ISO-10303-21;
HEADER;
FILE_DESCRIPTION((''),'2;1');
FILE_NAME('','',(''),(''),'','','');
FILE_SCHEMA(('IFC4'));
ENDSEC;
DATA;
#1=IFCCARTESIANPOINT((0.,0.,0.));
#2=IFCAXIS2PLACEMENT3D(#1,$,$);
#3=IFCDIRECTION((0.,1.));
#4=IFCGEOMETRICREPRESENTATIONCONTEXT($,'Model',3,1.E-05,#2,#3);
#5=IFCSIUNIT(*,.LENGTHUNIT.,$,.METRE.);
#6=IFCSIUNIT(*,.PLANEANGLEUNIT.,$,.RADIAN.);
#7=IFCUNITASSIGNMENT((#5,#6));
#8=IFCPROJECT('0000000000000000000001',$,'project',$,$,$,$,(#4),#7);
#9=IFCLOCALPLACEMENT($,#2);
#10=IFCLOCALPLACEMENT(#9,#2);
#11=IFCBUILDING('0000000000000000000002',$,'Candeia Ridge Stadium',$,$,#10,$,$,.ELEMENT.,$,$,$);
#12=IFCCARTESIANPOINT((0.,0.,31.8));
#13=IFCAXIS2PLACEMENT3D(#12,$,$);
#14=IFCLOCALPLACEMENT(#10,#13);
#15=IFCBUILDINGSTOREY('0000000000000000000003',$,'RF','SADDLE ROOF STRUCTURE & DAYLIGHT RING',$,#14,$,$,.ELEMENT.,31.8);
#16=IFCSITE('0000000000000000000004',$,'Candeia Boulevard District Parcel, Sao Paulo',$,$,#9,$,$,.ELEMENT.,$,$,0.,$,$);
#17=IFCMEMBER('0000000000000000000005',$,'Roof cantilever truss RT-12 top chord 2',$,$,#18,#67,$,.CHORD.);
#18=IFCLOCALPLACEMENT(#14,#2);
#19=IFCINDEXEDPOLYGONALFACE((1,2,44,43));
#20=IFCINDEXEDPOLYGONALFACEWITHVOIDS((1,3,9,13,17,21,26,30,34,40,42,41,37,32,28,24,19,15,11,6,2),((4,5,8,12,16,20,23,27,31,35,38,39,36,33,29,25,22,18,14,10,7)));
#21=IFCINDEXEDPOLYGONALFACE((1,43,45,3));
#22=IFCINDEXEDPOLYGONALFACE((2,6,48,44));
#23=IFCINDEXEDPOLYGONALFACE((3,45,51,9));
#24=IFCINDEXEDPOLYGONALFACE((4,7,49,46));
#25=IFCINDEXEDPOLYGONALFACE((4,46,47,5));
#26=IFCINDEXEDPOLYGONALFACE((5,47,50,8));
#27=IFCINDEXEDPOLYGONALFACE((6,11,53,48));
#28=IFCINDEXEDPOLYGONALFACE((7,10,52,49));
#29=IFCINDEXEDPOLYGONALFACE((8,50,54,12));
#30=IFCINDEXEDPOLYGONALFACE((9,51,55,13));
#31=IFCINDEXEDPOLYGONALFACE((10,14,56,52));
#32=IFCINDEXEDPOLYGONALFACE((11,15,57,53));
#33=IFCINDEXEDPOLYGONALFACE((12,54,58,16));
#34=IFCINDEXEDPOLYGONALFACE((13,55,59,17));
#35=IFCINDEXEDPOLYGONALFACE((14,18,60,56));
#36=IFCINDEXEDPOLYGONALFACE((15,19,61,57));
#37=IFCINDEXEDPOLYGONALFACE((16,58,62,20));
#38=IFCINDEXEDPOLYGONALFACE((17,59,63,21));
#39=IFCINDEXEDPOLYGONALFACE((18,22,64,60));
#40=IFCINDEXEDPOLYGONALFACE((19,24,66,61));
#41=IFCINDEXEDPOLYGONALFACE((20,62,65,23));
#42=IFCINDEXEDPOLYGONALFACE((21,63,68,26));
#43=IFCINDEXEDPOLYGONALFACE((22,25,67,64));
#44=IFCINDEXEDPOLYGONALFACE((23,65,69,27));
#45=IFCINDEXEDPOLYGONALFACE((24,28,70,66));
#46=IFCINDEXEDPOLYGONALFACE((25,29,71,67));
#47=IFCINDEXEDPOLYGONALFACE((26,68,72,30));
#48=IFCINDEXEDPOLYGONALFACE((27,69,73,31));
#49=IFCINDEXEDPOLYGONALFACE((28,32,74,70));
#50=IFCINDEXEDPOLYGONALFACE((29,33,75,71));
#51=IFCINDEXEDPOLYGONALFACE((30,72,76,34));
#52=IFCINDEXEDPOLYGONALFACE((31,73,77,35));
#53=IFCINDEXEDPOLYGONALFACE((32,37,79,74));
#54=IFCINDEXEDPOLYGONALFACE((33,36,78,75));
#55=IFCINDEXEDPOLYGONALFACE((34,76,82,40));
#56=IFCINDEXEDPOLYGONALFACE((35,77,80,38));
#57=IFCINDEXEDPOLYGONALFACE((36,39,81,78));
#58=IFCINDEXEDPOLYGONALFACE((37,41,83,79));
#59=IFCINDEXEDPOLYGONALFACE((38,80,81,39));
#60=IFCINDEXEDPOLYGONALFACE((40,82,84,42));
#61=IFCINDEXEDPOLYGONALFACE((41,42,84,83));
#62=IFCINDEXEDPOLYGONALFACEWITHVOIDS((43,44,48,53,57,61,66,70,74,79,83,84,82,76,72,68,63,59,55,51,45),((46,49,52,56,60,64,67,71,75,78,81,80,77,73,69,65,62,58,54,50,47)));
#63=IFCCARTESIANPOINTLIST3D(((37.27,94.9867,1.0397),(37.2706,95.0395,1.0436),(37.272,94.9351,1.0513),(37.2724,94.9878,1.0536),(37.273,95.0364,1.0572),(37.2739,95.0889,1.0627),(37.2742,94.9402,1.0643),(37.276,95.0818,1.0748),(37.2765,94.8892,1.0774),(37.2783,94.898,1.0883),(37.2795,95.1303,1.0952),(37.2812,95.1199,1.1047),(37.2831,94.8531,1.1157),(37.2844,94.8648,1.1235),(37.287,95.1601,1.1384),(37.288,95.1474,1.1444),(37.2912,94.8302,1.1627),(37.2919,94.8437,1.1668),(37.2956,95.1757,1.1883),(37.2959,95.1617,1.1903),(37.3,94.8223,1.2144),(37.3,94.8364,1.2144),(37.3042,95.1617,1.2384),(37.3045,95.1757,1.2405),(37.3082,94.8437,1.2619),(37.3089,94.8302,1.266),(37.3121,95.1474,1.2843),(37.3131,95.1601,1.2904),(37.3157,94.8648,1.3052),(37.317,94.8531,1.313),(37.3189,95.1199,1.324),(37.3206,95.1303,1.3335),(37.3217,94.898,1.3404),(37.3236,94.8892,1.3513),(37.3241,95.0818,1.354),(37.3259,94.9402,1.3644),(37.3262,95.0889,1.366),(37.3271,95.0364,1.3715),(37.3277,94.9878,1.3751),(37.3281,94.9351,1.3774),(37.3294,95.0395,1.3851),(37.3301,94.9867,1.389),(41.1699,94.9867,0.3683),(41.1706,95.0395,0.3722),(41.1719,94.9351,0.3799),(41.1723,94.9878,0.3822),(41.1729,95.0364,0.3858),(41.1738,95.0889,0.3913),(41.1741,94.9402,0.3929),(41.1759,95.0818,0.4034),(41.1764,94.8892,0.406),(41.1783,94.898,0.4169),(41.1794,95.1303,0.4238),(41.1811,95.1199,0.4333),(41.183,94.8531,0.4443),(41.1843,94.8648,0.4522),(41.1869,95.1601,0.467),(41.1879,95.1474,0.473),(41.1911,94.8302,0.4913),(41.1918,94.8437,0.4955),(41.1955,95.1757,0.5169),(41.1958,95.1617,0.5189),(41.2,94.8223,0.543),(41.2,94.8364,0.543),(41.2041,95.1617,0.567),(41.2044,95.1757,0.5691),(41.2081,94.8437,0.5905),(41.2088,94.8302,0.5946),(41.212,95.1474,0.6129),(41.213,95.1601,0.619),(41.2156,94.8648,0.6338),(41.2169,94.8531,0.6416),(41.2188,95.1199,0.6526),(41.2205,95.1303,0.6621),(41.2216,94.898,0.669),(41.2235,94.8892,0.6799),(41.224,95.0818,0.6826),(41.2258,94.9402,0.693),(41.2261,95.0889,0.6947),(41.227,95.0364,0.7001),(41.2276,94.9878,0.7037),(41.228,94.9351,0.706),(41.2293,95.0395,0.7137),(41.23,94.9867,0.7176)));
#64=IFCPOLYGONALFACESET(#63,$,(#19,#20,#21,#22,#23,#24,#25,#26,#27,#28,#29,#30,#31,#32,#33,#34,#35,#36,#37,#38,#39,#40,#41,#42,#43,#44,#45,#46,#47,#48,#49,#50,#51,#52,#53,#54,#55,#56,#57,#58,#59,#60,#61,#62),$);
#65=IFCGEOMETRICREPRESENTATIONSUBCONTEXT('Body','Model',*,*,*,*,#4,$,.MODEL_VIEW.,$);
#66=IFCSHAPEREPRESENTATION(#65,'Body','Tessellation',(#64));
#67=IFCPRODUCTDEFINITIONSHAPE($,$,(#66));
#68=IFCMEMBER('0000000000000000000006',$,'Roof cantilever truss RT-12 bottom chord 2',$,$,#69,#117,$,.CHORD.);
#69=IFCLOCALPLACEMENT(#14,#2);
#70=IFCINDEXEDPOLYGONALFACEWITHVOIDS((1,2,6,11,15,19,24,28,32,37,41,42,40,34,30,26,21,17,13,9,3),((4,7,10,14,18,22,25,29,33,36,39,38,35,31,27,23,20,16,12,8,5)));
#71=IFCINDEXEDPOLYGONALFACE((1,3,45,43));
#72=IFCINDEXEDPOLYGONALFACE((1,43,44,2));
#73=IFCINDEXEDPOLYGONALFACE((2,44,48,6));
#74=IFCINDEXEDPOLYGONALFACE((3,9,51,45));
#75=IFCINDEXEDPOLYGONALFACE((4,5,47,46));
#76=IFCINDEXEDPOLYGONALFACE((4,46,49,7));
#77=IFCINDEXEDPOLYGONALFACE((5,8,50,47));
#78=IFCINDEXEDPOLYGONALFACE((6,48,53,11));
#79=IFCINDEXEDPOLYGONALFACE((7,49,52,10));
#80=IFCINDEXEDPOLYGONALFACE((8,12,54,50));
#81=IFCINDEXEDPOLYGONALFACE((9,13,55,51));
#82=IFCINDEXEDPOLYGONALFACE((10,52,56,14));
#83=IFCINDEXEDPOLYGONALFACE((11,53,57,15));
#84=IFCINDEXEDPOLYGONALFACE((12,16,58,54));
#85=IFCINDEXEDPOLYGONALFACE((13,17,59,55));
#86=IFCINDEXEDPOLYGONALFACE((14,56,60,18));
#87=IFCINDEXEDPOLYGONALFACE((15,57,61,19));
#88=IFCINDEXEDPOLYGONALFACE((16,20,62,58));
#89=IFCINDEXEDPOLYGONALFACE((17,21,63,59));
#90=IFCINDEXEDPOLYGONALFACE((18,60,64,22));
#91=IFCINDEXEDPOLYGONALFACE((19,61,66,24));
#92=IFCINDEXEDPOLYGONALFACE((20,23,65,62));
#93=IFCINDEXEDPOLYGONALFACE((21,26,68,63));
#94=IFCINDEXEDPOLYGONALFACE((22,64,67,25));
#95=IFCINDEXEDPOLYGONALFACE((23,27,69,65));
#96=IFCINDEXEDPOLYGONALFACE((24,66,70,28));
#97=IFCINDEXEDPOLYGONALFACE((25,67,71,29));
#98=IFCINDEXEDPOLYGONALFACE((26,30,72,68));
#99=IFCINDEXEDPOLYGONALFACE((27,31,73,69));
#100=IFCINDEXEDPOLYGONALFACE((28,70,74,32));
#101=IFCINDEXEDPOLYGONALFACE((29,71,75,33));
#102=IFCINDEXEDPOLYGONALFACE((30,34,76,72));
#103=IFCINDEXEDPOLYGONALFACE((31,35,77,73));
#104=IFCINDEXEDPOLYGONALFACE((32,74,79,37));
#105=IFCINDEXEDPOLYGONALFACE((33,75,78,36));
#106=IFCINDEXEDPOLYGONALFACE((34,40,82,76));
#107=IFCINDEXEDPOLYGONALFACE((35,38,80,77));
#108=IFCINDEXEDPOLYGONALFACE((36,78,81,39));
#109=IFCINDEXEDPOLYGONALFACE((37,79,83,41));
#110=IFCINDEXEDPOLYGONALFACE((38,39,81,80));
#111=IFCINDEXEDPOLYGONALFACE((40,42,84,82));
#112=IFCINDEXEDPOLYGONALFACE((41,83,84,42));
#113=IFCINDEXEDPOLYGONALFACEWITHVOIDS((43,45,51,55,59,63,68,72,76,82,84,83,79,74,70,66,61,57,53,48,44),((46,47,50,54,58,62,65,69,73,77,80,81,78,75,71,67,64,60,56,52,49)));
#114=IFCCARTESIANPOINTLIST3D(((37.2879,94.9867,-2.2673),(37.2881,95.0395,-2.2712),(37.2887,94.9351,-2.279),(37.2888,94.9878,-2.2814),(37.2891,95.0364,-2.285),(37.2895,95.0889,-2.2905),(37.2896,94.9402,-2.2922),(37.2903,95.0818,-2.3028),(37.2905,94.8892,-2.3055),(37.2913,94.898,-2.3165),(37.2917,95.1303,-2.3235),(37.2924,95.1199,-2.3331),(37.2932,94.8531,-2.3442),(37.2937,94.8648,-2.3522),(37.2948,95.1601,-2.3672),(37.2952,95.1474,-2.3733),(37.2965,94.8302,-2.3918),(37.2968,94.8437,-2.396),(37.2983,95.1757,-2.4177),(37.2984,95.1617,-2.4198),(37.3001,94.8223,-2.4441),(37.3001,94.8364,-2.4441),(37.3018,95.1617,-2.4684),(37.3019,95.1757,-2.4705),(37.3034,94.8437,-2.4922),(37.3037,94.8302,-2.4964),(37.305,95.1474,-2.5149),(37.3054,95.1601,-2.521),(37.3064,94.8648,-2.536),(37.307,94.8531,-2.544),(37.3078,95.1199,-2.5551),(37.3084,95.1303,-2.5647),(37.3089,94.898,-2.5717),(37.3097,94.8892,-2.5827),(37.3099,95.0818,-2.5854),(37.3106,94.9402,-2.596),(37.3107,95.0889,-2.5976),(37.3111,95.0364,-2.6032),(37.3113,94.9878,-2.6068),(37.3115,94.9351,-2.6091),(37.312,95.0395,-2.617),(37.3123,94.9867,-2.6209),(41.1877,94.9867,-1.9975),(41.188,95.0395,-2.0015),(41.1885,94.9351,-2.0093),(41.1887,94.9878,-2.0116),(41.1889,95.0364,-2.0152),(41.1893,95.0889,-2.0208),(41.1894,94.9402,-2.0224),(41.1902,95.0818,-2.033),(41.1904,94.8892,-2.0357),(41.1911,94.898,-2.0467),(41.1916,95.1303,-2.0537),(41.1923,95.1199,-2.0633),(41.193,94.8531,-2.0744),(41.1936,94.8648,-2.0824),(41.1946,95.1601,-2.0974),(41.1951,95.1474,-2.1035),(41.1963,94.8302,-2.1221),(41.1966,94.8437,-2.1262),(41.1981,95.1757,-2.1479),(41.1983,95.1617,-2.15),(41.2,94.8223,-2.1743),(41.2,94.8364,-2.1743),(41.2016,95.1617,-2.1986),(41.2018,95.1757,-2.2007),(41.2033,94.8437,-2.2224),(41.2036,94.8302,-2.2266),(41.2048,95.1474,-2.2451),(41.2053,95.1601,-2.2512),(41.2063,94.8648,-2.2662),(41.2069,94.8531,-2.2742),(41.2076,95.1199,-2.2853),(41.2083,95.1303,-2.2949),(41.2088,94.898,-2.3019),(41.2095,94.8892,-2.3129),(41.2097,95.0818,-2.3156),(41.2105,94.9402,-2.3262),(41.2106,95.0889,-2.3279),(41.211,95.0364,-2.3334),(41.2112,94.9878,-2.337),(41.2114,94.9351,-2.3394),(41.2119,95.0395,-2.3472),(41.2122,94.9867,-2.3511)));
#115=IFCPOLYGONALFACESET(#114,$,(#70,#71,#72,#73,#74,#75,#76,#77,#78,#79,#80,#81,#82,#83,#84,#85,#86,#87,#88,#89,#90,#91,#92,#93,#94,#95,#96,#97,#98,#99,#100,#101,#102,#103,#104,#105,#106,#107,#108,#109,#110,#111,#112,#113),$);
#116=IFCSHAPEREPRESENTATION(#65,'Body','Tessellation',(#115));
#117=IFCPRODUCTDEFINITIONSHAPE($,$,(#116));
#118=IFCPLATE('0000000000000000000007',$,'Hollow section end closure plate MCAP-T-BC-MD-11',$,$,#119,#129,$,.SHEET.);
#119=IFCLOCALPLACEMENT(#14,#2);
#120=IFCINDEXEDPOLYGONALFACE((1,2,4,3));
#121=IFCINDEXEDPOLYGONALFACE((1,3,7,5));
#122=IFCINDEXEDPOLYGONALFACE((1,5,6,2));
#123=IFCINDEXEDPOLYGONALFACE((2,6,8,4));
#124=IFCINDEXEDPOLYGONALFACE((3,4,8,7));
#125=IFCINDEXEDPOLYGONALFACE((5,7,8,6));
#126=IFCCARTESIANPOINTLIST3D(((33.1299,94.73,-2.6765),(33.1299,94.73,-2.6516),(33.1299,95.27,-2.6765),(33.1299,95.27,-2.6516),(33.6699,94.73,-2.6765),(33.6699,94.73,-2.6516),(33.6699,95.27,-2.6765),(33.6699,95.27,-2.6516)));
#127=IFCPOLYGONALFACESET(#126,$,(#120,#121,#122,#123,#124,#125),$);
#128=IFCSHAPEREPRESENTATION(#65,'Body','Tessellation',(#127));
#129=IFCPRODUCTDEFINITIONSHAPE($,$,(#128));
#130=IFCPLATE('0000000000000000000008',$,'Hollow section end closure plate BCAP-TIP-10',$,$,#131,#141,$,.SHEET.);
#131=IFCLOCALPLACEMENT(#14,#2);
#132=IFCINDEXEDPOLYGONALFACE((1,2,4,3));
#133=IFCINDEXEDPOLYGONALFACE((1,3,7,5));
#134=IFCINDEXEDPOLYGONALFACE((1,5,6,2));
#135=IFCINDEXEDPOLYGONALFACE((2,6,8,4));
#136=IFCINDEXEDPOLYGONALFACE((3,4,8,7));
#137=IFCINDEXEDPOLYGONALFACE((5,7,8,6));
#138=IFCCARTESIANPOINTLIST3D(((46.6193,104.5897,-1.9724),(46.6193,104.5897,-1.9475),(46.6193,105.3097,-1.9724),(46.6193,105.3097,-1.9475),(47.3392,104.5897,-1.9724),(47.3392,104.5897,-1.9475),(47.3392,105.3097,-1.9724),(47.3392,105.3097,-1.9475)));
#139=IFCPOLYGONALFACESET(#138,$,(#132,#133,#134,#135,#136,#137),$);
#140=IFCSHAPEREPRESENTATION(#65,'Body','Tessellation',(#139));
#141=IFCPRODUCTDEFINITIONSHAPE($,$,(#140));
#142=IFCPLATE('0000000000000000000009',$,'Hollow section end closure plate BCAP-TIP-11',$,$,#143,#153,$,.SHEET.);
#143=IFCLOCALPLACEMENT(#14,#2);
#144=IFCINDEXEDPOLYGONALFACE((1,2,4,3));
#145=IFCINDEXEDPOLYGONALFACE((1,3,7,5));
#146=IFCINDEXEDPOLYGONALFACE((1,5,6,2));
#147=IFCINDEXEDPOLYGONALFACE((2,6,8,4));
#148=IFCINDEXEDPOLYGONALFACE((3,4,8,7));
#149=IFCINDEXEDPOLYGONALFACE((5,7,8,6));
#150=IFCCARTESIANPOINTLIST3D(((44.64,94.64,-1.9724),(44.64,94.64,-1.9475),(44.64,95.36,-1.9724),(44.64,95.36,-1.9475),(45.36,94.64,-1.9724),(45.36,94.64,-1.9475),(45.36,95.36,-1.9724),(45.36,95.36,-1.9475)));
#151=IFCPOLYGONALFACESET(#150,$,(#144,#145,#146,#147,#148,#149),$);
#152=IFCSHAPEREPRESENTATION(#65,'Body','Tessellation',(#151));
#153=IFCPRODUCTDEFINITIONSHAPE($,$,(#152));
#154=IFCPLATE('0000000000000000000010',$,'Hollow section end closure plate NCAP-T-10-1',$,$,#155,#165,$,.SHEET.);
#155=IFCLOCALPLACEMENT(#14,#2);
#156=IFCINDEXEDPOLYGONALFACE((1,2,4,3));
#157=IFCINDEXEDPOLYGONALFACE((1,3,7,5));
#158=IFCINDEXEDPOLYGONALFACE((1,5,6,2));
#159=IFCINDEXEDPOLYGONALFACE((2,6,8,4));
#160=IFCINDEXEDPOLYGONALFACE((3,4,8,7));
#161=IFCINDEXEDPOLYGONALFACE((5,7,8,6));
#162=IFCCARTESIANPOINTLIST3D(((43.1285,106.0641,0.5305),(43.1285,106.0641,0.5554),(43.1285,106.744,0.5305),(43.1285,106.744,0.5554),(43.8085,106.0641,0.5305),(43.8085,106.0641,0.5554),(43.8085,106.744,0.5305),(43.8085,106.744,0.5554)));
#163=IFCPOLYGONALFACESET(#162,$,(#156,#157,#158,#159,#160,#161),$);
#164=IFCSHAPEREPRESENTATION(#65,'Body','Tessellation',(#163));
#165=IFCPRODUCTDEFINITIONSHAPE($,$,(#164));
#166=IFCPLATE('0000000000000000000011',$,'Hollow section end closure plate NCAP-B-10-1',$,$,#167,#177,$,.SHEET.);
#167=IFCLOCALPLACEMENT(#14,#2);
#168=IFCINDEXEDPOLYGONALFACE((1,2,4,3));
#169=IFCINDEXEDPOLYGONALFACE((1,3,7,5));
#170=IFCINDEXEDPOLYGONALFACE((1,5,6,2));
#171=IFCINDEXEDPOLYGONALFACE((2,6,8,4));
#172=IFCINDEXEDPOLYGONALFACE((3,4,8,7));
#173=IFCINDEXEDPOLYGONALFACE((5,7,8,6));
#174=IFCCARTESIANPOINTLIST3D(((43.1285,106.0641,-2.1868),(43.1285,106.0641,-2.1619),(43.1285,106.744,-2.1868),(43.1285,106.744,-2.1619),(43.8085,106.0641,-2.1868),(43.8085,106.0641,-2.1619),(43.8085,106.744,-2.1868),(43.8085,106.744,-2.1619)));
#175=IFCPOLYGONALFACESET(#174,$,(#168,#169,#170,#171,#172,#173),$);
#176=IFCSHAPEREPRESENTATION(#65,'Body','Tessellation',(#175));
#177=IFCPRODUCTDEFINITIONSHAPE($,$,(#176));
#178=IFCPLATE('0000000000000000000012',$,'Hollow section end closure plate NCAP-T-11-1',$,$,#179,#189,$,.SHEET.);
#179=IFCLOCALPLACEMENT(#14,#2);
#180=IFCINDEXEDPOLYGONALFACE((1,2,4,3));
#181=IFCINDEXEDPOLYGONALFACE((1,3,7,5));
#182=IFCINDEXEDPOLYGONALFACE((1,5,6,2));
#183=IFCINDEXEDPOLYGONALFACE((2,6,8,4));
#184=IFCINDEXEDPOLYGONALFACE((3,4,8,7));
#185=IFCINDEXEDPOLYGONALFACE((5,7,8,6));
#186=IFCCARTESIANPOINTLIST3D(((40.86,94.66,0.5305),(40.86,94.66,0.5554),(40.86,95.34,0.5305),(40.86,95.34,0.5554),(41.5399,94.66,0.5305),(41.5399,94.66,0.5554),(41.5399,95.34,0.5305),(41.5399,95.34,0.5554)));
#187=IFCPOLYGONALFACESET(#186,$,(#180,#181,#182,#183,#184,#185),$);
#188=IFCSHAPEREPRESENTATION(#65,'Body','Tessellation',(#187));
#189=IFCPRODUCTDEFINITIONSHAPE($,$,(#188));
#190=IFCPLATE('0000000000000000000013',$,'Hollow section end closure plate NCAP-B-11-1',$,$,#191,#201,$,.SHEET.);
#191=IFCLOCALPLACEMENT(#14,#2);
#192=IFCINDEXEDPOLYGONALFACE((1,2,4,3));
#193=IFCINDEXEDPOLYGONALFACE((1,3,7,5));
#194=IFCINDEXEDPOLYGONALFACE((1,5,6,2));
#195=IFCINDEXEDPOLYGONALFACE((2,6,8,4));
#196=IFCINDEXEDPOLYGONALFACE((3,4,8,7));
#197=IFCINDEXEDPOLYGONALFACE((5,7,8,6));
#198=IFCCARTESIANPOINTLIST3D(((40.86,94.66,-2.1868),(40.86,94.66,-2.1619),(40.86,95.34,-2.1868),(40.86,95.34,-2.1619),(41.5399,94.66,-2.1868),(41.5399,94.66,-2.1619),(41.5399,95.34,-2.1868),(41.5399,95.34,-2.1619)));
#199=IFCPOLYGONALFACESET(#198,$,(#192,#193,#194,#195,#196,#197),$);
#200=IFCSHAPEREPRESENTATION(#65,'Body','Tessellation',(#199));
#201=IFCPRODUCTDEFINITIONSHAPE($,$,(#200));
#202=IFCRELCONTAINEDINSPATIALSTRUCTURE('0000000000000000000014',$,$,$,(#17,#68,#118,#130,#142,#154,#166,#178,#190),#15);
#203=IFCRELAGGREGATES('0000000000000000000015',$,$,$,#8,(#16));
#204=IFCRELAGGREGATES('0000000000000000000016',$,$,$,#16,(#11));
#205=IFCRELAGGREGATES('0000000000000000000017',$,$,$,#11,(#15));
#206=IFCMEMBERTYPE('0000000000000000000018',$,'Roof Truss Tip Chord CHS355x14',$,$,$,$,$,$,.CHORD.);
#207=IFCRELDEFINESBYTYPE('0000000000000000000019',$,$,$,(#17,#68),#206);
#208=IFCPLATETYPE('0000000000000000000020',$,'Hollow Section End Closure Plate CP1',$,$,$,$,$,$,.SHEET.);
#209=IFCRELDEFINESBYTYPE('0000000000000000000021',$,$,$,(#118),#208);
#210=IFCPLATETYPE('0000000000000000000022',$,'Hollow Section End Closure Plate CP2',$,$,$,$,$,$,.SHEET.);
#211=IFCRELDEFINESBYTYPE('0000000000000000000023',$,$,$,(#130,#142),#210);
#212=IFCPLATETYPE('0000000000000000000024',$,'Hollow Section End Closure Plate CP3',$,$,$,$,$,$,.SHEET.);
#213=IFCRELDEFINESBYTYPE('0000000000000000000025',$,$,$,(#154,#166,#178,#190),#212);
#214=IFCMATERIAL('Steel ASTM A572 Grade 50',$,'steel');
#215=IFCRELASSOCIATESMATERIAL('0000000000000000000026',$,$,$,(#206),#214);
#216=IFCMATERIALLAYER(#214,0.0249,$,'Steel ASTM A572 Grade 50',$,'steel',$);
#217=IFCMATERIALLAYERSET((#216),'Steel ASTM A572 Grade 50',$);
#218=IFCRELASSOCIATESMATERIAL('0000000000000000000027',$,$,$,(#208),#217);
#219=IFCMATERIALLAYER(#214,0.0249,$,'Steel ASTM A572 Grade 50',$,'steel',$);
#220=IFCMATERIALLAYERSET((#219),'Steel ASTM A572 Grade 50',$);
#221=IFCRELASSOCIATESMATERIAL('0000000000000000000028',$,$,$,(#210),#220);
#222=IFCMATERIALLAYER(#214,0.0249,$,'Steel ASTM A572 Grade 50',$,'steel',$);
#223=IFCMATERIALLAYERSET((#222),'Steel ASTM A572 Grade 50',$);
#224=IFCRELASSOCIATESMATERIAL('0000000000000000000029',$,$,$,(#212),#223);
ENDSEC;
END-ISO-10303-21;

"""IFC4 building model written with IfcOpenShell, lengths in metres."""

from ifc_helpers import new_model, si_unit, direction, frame, origin, origin_2d, place, context, subcontext, project, spatial, rectangle, hollow_circle, extrude, material, layer, layer_set, material_profile, profile_set, type_object, element, save


model = new_model("IFC4")

# Units and contexts
model_context = context("Model", 3, precision=1e-05, world=origin(), true_north=direction((0.0, 1.0)))
body_context = subcontext(model_context, "Body", "Model", "MODEL_VIEW")
ifc_project = project(units=[si_unit("LENGTHUNIT", "METRE"), si_unit("PLANEANGLEUNIT", "RADIAN")], contexts=[model_context])

# Site, building, storey
site_placement = place(None, origin())
site = spatial("IfcSite", under=ifc_project, at=site_placement, Name="Candeia Boulevard District Parcel, Sao Paulo", CompositionType="ELEMENT", RefElevation=0.0)
building_placement = place(site_placement, origin())
building = spatial("IfcBuilding", under=site, at=building_placement, Name="Candeia Ridge Stadium", CompositionType="ELEMENT")
storey_placement = place(building_placement, frame((0.0, 0.0, 31.8)))
storey = spatial("IfcBuildingStorey", under=building, at=storey_placement, Name="RF", Description="SADDLE ROOF STRUCTURE & DAYLIGHT RING", CompositionType="ELEMENT", Elevation=31.8)

# Shared definitions
ifc_material_1 = material(Name="Steel ASTM A572 Grade 50", Category="steel")

# Members
ifc_material_profile_1 = material_profile(ifc_material_1, hollow_circle(Radius=0.1777, WallThickness=0.0142, at=origin_2d()), Name="CHS355x14", Category="steel")
ifc_profile_set_1 = profile_set([ifc_material_profile_1], Name="Steel ASTM A572 Grade 50")
member_type_1 = type_object("IfcMemberType", Name="Roof Truss Tip Chord CHS355x14", PredefinedType="CHORD", material=ifc_profile_set_1)
member_1_placement = place(storey_placement, frame((41.2, 95.0, 0.543), z_axis=(-0.985503, 0.0, 0.169659), x_axis=(0.0, -1.0, 0.0)))
element("IfcMember", 1, at=member_1_placement, inside=storey, type_object=member_type_1, Name="Roof cantilever truss RT-12 top chord 2", PredefinedType="CHORD", context=body_context, shape_type="SweptSolid", body=[
    extrude(hollow_circle(Radius=0.1777, WallThickness=0.0142, at=origin_2d()), origin(), (0.0, 0.0, 1.0), 3.9573),
])
member_2_placement = place(storey_placement, frame((41.2, 95.0, -2.1743), z_axis=(-0.997616, 0.0, -0.06901), x_axis=(0.0, -1.0, 0.0)))
element("IfcMember", 2, at=member_2_placement, inside=storey, type_object=member_type_1, Name="Roof cantilever truss RT-12 bottom chord 2", PredefinedType="CHORD", context=body_context, shape_type="SweptSolid", body=[
    extrude(hollow_circle(Radius=0.1777, WallThickness=0.0142, at=origin_2d()), origin(), (0.0, 0.0, 1.0), 3.9092),
])

# Plates
ifc_layer_1 = layer(ifc_material_1, 0.0249, Name="Steel ASTM A572 Grade 50", Category="steel")
ifc_layer_set_1 = layer_set([ifc_layer_1], Name="Steel ASTM A572 Grade 50")
plate_type_1 = type_object("IfcPlateType", Name="Hollow Section End Closure Plate CP1", PredefinedType="SHEET", material=ifc_layer_set_1)
plate_1_placement = place(storey_placement, frame((33.3999, 95.0, -2.6765), z_axis=(0.0, 0.0, 1.0), x_axis=(1.0, 0.0, 0.0)))
element("IfcPlate", 3, at=plate_1_placement, inside=storey, type_object=plate_type_1, Name="Hollow section end closure plate MCAP-T-BC-MD-11", PredefinedType="SHEET", context=body_context, shape_type="SweptSolid", body=[
    extrude(rectangle(XDim=0.54, YDim=0.54, at=origin_2d()), origin(), (0.0, 0.0, 1.0), 0.0249),
])
ifc_layer_2 = layer(ifc_material_1, 0.0249, Name="Steel ASTM A572 Grade 50", Category="steel")
ifc_layer_set_2 = layer_set([ifc_layer_2], Name="Steel ASTM A572 Grade 50")
plate_type_2 = type_object("IfcPlateType", Name="Hollow Section End Closure Plate CP2", PredefinedType="SHEET", material=ifc_layer_set_2)
for number, where, z_axis, x_axis, name in (
    (4, (46.9792, 104.9497, -1.9724), (0.0, 0.0, 1.0), (1.0, 0.0, 0.0), "Hollow section end closure plate BCAP-TIP-10"),
    (5, (45.0, 95.0, -1.9724), (0.0, 0.0, 1.0), (1.0, 0.0, 0.0), "Hollow section end closure plate BCAP-TIP-11"),
):
    element("IfcPlate", number, at=place(storey_placement, frame(where, z_axis=z_axis, x_axis=x_axis)), inside=storey, type_object=plate_type_2, Name=name, PredefinedType="SHEET", context=body_context, shape_type="SweptSolid", body=[
        extrude(rectangle(XDim=0.72, YDim=0.72, at=origin_2d()), origin(), (0.0, 0.0, 1.0), 0.0249),
    ])
ifc_layer_3 = layer(ifc_material_1, 0.0249, Name="Steel ASTM A572 Grade 50", Category="steel")
ifc_layer_set_3 = layer_set([ifc_layer_3], Name="Steel ASTM A572 Grade 50")
plate_type_3 = type_object("IfcPlateType", Name="Hollow Section End Closure Plate CP3", PredefinedType="SHEET", material=ifc_layer_set_3)
for number, where, z_axis, x_axis, name in (
    (6, (43.4685, 106.4041, 0.5305), (0.0, 0.0, 1.0), (1.0, 0.0, 0.0), "Hollow section end closure plate NCAP-T-10-1"),
    (7, (43.4685, 106.4041, -2.1868), (0.0, 0.0, 1.0), (1.0, 0.0, 0.0), "Hollow section end closure plate NCAP-B-10-1"),
    (8, (41.2, 95.0, 0.5305), (0.0, 0.0, 1.0), (1.0, 0.0, 0.0), "Hollow section end closure plate NCAP-T-11-1"),
    (9, (41.2, 95.0, -2.1868), (0.0, 0.0, 1.0), (1.0, 0.0, 0.0), "Hollow section end closure plate NCAP-B-11-1"),
):
    element("IfcPlate", number, at=place(storey_placement, frame(where, z_axis=z_axis, x_axis=x_axis)), inside=storey, type_object=plate_type_3, Name=name, PredefinedType="SHEET", context=body_context, shape_type="SweptSolid", body=[
        extrude(rectangle(XDim=0.6799, YDim=0.6799, at=origin_2d()), origin(), (0.0, 0.0, 1.0), 0.0249),
    ])

save(model, "model.ifc")
